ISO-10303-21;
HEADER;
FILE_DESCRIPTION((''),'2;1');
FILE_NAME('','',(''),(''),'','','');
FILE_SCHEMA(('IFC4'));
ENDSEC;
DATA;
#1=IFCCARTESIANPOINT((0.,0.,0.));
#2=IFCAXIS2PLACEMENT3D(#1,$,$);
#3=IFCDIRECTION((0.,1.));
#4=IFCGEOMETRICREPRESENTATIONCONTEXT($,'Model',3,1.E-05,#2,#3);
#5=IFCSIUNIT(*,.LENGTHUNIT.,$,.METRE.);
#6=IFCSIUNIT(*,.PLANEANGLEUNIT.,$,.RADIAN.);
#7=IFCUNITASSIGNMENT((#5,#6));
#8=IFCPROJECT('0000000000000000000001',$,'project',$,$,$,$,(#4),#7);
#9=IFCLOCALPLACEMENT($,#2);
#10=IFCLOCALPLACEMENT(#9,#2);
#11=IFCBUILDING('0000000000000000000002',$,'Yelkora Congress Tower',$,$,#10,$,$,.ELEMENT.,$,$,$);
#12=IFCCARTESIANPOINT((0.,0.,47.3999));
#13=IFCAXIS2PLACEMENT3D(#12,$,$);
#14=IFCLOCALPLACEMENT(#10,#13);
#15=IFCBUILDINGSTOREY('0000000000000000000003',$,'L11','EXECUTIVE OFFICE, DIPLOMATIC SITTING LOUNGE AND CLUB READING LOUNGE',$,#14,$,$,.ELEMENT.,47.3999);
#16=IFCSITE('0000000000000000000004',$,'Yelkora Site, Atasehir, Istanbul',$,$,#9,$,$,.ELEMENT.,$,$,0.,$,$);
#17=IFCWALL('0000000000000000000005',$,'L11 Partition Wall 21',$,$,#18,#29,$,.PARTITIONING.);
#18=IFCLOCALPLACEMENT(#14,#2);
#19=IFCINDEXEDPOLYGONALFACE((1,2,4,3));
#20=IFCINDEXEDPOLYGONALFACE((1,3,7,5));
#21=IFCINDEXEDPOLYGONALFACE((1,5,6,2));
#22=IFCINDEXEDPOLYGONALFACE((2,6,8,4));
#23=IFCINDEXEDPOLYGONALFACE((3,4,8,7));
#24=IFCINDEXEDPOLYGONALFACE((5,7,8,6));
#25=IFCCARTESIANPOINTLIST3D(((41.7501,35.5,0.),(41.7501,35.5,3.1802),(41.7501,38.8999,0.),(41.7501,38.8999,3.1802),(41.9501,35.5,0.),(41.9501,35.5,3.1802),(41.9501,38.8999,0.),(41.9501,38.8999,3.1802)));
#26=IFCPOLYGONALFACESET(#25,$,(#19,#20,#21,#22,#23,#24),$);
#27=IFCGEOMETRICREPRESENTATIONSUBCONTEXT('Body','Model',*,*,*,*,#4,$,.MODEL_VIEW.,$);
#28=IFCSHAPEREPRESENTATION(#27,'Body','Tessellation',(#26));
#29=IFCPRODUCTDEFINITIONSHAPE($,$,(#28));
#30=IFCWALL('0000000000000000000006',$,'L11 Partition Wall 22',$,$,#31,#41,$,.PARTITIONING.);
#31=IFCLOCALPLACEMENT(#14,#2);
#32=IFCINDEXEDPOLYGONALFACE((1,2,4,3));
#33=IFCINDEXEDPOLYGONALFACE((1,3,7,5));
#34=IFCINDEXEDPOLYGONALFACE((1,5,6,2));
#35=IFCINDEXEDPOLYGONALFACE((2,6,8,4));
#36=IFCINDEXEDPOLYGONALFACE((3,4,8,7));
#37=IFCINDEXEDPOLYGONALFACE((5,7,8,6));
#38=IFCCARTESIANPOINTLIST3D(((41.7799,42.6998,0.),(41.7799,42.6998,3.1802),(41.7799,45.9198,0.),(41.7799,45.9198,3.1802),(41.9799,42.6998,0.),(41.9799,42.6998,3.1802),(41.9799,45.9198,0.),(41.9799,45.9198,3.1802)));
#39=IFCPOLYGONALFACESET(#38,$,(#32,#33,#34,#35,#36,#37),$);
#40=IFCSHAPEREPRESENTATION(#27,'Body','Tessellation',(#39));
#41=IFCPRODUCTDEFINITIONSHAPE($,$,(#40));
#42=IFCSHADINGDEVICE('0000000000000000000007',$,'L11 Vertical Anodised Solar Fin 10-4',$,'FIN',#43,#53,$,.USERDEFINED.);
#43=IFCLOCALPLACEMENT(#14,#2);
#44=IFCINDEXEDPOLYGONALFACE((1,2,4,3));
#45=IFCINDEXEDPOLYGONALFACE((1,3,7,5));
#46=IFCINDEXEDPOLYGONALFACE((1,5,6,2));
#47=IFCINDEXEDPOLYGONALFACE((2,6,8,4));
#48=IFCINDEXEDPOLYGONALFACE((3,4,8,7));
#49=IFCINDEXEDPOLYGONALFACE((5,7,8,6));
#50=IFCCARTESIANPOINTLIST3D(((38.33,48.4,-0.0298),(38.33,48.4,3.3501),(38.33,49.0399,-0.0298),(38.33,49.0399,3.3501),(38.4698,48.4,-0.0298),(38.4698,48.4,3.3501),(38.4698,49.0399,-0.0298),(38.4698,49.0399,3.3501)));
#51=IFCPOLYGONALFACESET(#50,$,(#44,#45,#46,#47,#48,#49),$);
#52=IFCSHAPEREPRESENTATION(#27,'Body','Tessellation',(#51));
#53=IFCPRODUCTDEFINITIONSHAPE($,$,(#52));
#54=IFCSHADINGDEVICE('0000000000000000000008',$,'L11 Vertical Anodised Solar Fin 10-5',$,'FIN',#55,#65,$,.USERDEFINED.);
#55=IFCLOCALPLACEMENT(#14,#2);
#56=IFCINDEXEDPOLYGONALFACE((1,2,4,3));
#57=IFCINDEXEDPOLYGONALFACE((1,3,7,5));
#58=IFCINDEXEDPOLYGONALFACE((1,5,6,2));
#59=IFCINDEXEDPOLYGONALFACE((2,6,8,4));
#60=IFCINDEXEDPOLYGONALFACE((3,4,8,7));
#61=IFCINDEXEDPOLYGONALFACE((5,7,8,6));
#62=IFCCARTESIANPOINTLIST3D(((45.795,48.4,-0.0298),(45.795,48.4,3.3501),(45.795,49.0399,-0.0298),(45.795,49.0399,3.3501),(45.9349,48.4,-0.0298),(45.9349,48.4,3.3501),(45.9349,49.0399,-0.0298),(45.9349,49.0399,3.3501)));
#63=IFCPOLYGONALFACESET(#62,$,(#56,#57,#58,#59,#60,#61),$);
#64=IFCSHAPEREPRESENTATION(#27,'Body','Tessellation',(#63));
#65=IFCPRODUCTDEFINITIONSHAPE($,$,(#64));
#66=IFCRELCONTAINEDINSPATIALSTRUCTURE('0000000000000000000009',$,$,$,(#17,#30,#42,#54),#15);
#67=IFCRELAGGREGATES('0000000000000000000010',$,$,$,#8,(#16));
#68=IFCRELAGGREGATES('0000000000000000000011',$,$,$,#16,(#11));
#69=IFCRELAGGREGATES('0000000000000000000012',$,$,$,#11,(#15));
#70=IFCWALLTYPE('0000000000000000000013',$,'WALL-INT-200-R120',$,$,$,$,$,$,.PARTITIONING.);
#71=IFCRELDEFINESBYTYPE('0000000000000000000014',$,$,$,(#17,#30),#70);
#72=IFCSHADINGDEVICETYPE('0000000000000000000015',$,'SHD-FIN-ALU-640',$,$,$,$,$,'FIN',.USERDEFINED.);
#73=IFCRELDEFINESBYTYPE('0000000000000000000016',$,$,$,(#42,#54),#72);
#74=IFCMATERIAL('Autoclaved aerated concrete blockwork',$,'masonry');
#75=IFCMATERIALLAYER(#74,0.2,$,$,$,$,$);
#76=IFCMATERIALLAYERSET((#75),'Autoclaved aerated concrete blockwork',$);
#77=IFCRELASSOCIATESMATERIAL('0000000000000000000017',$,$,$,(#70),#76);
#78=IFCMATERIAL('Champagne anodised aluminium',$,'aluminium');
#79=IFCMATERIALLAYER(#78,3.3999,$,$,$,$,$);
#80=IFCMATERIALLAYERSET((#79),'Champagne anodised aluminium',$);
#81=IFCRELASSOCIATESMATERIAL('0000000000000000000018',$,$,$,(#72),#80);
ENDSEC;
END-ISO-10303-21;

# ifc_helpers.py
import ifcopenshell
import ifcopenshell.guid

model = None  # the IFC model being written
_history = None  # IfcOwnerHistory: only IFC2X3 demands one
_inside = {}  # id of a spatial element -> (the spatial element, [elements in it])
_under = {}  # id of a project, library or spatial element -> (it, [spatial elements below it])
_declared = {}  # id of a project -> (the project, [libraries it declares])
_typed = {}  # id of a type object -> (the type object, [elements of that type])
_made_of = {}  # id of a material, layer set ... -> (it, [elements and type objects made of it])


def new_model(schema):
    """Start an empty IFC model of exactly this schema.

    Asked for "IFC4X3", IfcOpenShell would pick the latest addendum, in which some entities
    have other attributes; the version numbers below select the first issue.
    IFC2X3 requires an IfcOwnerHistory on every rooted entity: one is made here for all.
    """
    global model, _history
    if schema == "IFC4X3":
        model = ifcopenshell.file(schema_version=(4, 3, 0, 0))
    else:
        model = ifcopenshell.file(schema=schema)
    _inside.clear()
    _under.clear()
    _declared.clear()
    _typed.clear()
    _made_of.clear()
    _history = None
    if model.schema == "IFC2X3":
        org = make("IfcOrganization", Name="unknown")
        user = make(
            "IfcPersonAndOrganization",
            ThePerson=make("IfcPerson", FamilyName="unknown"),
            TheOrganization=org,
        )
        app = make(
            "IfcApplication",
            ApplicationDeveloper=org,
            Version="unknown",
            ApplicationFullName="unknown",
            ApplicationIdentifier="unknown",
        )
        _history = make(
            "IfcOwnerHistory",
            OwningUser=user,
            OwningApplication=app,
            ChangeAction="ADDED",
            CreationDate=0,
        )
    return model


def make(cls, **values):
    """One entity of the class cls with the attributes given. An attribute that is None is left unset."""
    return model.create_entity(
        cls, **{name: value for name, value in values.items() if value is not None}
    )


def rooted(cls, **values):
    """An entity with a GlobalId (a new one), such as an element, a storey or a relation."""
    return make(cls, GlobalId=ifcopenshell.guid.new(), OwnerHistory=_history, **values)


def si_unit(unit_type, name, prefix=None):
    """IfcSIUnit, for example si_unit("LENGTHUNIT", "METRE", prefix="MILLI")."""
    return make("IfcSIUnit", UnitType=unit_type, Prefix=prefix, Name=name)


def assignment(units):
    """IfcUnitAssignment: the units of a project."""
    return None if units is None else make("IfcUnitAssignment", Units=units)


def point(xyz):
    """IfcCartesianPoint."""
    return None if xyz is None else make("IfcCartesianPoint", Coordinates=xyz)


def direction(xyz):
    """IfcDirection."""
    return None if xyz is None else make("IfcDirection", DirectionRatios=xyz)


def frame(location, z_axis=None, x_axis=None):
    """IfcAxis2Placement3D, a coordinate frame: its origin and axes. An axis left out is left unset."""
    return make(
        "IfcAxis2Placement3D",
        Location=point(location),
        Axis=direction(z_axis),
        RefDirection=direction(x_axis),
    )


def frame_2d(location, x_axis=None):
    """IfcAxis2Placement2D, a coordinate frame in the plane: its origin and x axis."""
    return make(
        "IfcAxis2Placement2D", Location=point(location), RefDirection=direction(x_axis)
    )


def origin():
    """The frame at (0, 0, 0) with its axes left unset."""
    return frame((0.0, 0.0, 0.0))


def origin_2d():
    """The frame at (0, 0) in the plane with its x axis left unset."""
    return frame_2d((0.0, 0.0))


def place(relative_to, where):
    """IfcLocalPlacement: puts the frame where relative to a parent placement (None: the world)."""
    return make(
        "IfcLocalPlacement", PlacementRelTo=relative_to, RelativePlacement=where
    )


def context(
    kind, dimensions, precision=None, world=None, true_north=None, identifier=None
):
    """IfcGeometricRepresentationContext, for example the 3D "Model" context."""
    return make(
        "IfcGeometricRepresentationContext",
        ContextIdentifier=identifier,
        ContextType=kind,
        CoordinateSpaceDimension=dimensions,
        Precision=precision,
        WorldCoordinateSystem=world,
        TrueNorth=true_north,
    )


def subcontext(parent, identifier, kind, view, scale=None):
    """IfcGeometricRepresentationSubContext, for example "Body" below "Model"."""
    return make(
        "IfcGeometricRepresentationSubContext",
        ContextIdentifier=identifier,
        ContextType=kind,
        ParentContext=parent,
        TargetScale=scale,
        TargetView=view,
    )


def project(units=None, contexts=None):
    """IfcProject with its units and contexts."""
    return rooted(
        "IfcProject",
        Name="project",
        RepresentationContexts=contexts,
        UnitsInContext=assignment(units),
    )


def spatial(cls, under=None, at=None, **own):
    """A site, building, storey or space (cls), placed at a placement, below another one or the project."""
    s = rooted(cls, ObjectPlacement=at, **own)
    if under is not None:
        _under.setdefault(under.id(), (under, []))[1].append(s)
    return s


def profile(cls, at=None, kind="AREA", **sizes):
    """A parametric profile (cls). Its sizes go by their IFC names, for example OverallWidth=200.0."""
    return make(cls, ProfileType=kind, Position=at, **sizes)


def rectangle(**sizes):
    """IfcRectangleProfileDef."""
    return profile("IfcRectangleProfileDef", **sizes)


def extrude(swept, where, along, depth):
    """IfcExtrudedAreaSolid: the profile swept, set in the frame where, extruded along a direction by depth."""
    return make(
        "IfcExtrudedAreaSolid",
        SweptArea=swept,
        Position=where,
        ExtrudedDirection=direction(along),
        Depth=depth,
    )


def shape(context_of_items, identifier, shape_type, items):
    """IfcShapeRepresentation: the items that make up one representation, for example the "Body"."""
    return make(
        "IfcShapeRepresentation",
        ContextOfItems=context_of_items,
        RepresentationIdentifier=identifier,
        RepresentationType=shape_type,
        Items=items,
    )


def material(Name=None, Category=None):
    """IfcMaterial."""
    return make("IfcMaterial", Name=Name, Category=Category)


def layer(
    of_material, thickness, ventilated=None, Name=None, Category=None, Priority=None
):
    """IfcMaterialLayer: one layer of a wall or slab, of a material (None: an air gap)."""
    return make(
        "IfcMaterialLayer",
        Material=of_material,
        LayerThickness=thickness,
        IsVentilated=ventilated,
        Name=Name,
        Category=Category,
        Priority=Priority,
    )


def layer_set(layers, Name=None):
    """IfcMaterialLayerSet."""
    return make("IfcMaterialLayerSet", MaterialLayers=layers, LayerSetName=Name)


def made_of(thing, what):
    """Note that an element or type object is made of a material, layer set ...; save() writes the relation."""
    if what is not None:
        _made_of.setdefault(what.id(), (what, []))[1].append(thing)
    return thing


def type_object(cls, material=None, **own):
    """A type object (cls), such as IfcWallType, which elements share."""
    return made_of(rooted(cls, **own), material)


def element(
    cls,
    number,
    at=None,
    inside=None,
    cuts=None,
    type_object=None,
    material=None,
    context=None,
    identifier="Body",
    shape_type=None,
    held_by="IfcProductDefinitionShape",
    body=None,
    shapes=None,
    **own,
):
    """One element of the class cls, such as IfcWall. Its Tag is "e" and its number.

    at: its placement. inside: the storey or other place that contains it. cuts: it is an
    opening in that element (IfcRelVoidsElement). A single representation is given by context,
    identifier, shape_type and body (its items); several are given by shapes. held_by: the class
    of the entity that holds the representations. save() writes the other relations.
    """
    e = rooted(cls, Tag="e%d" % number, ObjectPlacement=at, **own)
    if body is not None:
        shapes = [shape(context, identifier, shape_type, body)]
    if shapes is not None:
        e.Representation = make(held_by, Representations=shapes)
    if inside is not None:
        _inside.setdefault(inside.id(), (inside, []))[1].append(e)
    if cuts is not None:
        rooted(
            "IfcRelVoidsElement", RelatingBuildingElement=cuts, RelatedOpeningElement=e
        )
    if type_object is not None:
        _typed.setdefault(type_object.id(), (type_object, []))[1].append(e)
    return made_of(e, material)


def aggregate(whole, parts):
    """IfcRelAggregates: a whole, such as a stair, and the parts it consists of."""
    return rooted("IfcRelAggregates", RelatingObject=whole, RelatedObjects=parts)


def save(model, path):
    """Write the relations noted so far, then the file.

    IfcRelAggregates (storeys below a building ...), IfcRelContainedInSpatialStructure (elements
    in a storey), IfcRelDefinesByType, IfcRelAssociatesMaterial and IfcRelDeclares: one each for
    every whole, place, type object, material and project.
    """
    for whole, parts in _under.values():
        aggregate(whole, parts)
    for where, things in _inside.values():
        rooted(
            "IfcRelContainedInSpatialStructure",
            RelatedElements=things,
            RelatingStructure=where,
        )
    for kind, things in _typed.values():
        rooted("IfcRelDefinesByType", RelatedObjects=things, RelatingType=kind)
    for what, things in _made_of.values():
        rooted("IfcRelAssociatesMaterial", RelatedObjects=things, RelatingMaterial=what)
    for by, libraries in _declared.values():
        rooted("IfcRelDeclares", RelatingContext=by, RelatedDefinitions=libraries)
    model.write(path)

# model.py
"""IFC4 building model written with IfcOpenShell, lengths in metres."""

from ifc_helpers import new_model, si_unit, direction, frame, frame_2d, origin, origin_2d, place, context, subcontext, project, spatial, rectangle, extrude, material, layer, layer_set, type_object, element, save


model = new_model("IFC4")

# Units and contexts
model_context = context("Model", 3, precision=1e-05, world=origin(), true_north=direction((0.0, 1.0)))
body_context = subcontext(model_context, "Body", "Model", "MODEL_VIEW")
ifc_project = project(units=[si_unit("LENGTHUNIT", "METRE"), si_unit("PLANEANGLEUNIT", "RADIAN")], contexts=[model_context])

# Site, building, storey
site_placement = place(None, origin())
site = spatial("IfcSite", under=ifc_project, at=site_placement, Name="Yelkora Site, Atasehir, Istanbul", CompositionType="ELEMENT", RefElevation=0.0)
building_placement = place(site_placement, origin())
building = spatial("IfcBuilding", under=site, at=building_placement, Name="Yelkora Congress Tower", CompositionType="ELEMENT")
storey_placement = place(building_placement, frame((0.0, 0.0, 47.3999)))
storey = spatial("IfcBuildingStorey", under=building, at=storey_placement, Name="L11", Description="EXECUTIVE OFFICE, DIPLOMATIC SITTING LOUNGE AND CLUB READING LOUNGE", CompositionType="ELEMENT", Elevation=47.3999)

# Walls
ifc_material_1 = material(Name="Autoclaved aerated concrete blockwork", Category="masonry")
ifc_layer_1 = layer(ifc_material_1, 0.2)
ifc_layer_set_1 = layer_set([ifc_layer_1], Name="Autoclaved aerated concrete blockwork")
wall_type_1 = type_object("IfcWallType", Name="WALL-INT-200-R120", PredefinedType="PARTITIONING", material=ifc_layer_set_1)
wall_1_placement = place(storey_placement, frame((41.8501, 35.5, 0.0), z_axis=(0.0, 0.0, 1.0), x_axis=(0.0, 1.0, 0.0)))
element("IfcWall", 1, at=wall_1_placement, inside=storey, type_object=wall_type_1, Name="L11 Partition Wall 21", PredefinedType="PARTITIONING", context=body_context, shape_type="SweptSolid", body=[
    extrude(rectangle(XDim=3.3999, YDim=0.2, at=frame_2d((1.7, 0.0))), origin(), (0.0, 0.0, 1.0), 3.1802),
])
wall_2_placement = place(storey_placement, frame((41.8799, 42.7, 0.0), z_axis=(0.0, 0.0, 1.0), x_axis=(0.0, 1.0, 0.0)))
element("IfcWall", 2, at=wall_2_placement, inside=storey, type_object=wall_type_1, Name="L11 Partition Wall 22", PredefinedType="PARTITIONING", context=body_context, shape_type="SweptSolid", body=[
    extrude(rectangle(XDim=3.22, YDim=0.2, at=frame_2d((1.6099, 0.0))), origin(), (0.0, 0.0, 1.0), 3.1802),
])

# Shading devices
ifc_material_2 = material(Name="Champagne anodised aluminium", Category="aluminium")
ifc_layer_2 = layer(ifc_material_2, 3.3999)
ifc_layer_set_2 = layer_set([ifc_layer_2], Name="Champagne anodised aluminium")
shading_device_type = type_object("IfcShadingDeviceType", Name="SHD-FIN-ALU-640", ElementType="FIN", PredefinedType="USERDEFINED", material=ifc_layer_set_2)
for number, where, z_axis, x_axis, name in (
    (3, (38.3999, 48.72, -0.0298), (0.0, 0.0, 1.0), (1.0, 0.0, 0.0), "L11 Vertical Anodised Solar Fin 10-4"),
    (4, (45.865, 48.72, -0.0298), (0.0, 0.0, 1.0), (1.0, 0.0, 0.0), "L11 Vertical Anodised Solar Fin 10-5"),
):
    element("IfcShadingDevice", number, at=place(storey_placement, frame(where, z_axis=z_axis, x_axis=x_axis)), inside=storey, type_object=shading_device_type, Name=name, ObjectType="FIN", PredefinedType="USERDEFINED", context=body_context, shape_type="SweptSolid", body=[
        extrude(rectangle(XDim=0.1399, YDim=0.6399, at=origin_2d()), origin(), (0.0, 0.0, 1.0), 3.3799),
    ])

save(model, "model.ifc")
